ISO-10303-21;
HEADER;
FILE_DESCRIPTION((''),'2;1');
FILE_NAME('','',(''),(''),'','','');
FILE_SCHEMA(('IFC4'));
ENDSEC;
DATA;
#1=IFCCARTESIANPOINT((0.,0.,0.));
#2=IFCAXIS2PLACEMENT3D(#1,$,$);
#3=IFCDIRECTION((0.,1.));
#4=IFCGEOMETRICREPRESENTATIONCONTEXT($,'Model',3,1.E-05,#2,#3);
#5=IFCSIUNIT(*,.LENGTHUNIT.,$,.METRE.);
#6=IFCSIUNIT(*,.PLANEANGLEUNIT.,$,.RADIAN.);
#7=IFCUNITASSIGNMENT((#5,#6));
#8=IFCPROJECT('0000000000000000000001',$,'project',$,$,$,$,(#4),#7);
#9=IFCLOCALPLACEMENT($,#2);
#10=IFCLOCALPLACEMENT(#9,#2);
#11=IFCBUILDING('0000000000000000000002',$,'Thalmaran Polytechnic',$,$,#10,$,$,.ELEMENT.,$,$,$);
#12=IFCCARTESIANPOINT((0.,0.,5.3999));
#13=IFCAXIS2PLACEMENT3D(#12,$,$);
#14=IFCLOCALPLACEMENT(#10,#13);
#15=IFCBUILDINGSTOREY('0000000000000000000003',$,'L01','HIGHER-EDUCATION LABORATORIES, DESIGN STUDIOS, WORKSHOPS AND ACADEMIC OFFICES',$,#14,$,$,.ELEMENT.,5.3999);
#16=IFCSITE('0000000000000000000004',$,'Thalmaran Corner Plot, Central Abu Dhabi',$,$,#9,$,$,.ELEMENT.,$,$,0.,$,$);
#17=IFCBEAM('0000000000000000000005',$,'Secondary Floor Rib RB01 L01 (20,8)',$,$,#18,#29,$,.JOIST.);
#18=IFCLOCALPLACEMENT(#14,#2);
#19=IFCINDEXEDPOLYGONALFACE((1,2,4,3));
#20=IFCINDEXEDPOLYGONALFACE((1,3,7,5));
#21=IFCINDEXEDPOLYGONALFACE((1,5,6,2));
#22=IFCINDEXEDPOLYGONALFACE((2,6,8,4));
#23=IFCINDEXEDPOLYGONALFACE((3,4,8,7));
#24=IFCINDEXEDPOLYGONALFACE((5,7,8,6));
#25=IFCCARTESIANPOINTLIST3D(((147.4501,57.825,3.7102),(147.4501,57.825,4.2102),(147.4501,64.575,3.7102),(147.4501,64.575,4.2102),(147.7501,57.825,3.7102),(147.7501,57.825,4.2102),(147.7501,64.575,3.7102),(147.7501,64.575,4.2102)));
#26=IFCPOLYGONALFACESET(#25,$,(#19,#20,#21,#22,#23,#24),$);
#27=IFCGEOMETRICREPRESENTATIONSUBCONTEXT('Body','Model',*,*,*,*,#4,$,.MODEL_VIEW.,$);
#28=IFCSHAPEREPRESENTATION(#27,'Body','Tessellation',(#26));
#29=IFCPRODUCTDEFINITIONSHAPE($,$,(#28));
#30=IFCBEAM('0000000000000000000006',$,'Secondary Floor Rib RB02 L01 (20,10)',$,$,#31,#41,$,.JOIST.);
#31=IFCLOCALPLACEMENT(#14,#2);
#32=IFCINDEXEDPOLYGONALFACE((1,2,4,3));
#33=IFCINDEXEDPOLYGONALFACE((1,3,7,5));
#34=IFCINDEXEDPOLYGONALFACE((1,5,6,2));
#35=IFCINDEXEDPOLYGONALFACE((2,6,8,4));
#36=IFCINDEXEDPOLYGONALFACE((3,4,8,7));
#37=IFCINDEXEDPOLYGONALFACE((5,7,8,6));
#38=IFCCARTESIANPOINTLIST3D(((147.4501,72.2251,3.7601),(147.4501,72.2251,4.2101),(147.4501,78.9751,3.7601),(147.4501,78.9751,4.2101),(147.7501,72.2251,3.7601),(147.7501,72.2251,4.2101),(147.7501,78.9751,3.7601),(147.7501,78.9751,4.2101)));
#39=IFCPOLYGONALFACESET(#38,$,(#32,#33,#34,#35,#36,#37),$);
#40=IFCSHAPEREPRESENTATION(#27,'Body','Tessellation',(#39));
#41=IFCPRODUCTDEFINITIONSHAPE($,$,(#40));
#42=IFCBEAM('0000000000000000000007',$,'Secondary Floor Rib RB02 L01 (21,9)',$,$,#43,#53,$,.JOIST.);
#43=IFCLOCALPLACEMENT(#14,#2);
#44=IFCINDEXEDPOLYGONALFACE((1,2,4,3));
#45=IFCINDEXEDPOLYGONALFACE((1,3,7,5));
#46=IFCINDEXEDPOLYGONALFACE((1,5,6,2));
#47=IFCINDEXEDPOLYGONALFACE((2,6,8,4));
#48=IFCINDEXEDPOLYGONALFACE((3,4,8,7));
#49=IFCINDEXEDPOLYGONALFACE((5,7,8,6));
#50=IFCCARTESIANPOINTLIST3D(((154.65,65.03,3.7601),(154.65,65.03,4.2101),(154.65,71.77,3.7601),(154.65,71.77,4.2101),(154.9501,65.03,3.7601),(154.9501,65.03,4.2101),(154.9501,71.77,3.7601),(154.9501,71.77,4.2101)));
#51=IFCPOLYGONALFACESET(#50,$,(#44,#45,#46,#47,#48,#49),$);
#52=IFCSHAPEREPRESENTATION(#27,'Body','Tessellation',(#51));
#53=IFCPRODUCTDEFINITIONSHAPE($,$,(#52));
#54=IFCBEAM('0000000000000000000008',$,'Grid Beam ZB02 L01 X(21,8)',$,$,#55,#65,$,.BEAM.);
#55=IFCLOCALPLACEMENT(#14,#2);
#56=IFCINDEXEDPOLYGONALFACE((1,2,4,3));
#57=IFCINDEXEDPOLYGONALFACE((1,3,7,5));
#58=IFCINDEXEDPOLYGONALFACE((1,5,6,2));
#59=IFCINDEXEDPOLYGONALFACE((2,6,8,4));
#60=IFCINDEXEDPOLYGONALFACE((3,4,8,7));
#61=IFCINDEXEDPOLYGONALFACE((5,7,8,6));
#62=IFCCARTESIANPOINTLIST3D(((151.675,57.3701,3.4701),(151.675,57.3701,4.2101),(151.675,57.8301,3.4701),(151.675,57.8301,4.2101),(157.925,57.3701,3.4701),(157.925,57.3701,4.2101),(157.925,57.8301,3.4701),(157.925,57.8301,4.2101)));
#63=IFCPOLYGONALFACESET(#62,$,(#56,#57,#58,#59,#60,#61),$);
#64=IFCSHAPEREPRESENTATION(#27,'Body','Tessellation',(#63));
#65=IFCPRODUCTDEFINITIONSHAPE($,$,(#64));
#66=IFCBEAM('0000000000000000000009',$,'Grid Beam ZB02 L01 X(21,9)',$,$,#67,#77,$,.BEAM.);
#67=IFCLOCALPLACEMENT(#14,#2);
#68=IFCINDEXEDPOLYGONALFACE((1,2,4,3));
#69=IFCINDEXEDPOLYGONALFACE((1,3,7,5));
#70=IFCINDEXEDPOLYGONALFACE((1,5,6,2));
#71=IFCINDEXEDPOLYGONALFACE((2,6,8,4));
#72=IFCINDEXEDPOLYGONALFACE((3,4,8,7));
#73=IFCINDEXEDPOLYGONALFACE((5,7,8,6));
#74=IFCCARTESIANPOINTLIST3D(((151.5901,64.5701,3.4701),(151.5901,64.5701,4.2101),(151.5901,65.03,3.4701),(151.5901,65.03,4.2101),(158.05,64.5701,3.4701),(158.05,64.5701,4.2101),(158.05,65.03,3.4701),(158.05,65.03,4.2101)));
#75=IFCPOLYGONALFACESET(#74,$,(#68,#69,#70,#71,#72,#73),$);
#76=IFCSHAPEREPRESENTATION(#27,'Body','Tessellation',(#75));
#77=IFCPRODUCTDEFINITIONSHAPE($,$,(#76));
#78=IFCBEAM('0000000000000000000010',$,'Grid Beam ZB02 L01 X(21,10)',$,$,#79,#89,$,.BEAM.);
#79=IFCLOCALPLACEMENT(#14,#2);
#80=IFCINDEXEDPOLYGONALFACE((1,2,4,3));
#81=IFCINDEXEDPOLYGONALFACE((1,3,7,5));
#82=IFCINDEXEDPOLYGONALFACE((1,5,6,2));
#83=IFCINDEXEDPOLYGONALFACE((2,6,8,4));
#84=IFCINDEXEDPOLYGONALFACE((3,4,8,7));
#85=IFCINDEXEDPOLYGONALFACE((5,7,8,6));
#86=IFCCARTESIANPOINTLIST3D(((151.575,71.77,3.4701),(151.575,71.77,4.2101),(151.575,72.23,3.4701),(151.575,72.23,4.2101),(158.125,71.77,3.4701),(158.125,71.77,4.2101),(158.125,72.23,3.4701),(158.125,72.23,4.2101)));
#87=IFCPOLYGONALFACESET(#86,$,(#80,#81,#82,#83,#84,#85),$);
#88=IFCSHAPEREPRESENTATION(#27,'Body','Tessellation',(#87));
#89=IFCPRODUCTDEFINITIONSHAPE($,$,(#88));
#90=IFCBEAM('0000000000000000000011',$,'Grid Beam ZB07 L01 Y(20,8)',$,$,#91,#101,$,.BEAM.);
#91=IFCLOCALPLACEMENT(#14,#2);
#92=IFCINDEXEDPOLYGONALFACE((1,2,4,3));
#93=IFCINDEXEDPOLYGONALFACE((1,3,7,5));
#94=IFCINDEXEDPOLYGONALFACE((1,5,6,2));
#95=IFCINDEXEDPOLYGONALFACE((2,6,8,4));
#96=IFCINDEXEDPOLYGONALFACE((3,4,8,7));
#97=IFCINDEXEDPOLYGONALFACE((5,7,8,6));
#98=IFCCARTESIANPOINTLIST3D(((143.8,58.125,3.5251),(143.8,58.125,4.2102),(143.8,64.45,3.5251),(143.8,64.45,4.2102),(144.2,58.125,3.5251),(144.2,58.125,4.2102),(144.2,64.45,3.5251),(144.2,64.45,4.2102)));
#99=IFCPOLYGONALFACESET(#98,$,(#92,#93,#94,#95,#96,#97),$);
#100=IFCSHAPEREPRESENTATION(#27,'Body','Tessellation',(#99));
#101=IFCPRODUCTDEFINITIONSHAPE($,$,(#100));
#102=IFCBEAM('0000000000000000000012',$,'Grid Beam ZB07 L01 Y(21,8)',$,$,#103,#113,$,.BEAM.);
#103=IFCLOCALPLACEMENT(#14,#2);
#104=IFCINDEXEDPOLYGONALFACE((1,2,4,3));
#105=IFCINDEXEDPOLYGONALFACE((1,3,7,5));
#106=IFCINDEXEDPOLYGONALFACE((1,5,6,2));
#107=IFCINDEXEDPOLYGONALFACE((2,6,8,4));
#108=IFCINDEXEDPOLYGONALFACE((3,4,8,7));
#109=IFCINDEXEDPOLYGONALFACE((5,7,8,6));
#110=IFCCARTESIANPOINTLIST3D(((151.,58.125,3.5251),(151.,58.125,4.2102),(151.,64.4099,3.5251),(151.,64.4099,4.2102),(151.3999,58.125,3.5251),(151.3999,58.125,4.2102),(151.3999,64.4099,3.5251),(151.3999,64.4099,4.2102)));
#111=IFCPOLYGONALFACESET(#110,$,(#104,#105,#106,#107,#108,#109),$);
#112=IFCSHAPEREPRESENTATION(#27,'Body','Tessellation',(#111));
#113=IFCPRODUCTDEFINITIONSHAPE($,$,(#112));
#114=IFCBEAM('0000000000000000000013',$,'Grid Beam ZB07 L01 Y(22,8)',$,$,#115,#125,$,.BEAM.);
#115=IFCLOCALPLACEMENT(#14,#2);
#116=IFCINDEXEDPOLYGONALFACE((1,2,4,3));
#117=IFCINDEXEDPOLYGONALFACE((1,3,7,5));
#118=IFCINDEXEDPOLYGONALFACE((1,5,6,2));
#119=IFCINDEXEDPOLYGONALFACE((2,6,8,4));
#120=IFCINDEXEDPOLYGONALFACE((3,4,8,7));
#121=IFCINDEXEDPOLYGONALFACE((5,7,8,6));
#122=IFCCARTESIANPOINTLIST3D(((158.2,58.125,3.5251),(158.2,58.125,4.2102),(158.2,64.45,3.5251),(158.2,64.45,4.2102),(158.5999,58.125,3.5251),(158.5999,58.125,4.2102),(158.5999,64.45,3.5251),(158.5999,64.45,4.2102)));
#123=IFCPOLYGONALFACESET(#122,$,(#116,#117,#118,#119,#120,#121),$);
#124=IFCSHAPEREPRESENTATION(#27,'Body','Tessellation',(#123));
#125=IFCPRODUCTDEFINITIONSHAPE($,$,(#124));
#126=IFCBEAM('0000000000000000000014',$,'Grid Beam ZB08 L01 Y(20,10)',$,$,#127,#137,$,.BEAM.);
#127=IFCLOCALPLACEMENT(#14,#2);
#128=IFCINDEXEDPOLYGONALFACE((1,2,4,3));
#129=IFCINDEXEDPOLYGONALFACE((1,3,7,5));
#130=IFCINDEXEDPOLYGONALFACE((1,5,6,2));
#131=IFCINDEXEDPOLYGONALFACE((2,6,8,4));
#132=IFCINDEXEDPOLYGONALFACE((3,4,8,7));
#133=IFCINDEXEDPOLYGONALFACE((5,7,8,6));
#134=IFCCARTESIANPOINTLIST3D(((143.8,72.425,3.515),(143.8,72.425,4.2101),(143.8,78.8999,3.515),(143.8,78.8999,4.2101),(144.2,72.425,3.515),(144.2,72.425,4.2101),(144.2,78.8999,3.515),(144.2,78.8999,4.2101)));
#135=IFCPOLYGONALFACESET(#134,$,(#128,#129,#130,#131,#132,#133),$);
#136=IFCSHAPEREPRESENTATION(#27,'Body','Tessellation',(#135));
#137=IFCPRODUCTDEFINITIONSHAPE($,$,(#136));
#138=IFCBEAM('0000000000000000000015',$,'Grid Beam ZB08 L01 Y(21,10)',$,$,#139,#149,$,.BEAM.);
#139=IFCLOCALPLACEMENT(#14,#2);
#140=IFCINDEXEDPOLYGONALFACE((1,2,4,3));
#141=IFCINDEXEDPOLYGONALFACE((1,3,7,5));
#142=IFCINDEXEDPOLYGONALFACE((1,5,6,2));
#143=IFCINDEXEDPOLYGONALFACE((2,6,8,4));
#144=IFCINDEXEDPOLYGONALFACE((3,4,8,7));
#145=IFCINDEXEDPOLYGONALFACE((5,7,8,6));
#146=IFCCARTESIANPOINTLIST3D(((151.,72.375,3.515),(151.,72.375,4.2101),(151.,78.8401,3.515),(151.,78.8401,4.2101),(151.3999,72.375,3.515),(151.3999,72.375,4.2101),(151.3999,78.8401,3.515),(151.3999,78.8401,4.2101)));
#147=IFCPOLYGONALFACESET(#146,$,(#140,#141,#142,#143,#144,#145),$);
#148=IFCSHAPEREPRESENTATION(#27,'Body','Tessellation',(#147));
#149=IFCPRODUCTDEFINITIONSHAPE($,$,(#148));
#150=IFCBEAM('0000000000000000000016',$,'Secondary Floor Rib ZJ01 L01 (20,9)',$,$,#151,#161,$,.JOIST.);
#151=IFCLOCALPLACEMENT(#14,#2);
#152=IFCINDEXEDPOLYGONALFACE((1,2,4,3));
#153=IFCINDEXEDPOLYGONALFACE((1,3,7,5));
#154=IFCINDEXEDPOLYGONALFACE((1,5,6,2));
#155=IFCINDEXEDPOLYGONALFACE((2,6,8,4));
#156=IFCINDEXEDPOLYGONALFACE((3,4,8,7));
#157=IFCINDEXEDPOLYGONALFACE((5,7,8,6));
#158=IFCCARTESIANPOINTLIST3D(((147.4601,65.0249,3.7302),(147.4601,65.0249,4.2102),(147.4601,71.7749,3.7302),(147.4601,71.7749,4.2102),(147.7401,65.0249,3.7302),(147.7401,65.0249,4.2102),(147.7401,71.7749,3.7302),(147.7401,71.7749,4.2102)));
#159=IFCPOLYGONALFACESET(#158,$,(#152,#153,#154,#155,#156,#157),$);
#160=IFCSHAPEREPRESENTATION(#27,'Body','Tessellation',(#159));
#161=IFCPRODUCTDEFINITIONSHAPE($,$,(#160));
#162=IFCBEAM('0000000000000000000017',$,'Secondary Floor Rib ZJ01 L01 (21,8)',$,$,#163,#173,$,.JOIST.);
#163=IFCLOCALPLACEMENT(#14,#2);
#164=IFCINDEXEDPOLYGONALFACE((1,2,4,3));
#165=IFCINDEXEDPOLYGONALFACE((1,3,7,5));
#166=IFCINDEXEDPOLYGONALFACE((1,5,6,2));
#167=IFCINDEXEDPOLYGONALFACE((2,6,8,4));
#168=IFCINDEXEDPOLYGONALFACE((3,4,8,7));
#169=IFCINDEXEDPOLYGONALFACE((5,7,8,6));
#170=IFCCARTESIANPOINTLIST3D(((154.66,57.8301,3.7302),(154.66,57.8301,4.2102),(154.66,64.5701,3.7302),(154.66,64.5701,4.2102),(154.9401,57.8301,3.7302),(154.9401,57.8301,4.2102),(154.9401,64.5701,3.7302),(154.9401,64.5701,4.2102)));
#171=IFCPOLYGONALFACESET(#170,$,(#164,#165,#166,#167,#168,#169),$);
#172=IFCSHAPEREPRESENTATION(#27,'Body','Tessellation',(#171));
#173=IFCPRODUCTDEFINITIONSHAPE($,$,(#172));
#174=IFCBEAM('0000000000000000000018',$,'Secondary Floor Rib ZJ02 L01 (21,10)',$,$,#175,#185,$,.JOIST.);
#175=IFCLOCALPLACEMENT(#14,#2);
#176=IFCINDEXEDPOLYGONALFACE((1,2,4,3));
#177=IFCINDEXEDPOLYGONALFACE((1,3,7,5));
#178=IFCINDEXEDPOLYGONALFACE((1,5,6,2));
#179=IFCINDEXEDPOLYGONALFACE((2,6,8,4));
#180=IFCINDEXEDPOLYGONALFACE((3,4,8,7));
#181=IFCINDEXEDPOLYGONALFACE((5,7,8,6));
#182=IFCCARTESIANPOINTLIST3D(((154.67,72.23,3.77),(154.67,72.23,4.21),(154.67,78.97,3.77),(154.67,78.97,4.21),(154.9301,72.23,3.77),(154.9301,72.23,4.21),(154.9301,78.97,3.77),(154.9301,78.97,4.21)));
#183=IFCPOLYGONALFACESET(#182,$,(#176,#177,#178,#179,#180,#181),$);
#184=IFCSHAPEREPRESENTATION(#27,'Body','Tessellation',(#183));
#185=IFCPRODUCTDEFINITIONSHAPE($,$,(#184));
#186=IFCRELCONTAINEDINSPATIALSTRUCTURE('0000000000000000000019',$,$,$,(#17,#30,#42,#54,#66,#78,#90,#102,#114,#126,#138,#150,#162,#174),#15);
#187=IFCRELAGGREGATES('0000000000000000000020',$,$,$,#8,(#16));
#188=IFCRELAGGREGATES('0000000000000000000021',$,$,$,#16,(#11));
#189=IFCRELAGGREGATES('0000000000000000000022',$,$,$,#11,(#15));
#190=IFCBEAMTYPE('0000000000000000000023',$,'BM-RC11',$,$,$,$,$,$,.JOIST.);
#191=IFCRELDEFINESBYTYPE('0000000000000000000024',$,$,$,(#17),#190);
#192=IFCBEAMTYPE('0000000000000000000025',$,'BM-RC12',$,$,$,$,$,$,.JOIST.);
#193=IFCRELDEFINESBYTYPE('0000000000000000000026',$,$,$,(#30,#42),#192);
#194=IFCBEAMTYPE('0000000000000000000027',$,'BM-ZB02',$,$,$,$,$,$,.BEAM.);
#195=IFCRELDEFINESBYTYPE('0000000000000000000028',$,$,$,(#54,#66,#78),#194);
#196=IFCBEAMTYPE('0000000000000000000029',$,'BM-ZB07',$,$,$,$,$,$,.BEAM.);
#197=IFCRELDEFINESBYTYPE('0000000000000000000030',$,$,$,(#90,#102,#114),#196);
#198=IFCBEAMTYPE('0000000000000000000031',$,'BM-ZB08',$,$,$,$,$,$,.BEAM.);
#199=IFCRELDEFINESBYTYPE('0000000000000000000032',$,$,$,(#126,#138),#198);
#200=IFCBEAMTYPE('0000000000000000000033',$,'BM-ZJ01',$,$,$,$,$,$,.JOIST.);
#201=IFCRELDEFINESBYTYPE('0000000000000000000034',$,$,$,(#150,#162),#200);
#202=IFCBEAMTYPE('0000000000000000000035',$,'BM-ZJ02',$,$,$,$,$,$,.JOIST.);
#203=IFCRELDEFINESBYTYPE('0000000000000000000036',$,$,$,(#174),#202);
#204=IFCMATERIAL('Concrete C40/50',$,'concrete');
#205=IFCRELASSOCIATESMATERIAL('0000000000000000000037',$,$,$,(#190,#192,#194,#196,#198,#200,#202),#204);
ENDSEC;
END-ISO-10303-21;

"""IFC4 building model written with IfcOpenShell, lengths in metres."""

from ifc_helpers import new_model, si_unit, direction, frame, origin, origin_2d, place, context, subcontext, project, spatial, rectangle, extrude, material, material_profile, profile_set, type_object, element, save


model = new_model("IFC4")

# Units and contexts
model_context = context("Model", 3, precision=1e-05, world=origin(), true_north=direction((0.0, 1.0)))
body_context = subcontext(model_context, "Body", "Model", "MODEL_VIEW")
ifc_project = project(units=[si_unit("LENGTHUNIT", "METRE"), si_unit("PLANEANGLEUNIT", "RADIAN")], contexts=[model_context])

# Site, building, storey
site_placement = place(None, origin())
site = spatial("IfcSite", under=ifc_project, at=site_placement, Name="Thalmaran Corner Plot, Central Abu Dhabi", CompositionType="ELEMENT", RefElevation=0.0)
building_placement = place(site_placement, origin())
building = spatial("IfcBuilding", under=site, at=building_placement, Name="Thalmaran Polytechnic", CompositionType="ELEMENT")
storey_placement = place(building_placement, frame((0.0, 0.0, 5.3999)))
storey = spatial("IfcBuildingStorey", under=building, at=storey_placement, Name="L01", Description="HIGHER-EDUCATION LABORATORIES, DESIGN STUDIOS, WORKSHOPS AND ACADEMIC OFFICES", CompositionType="ELEMENT", Elevation=5.3999)

# Beams
ifc_material_1 = material(Name="Concrete C40/50", Category="concrete")
ifc_material_profile_1 = material_profile(ifc_material_1, rectangle(XDim=0.3, YDim=0.5, at=origin_2d()), Name="RC 300x500")
ifc_profile_set_1 = profile_set([ifc_material_profile_1], Name="Concrete C40/50")
beam_type_1 = type_object("IfcBeamType", Name="BM-RC11", PredefinedType="JOIST", material=ifc_profile_set_1)
beam_1_placement = place(storey_placement, frame((147.6001, 57.825, 3.9602), z_axis=(0.0, 1.0, 0.0), x_axis=(-1.0, 0.0, 0.0)))
element("IfcBeam", 1, at=beam_1_placement, inside=storey, type_object=beam_type_1, Name="Secondary Floor Rib RB01 L01 (20,8)", PredefinedType="JOIST", context=body_context, shape_type="SweptSolid", body=[
    extrude(rectangle(XDim=0.3, YDim=0.5, at=origin_2d()), origin(), (0.0, 0.0, 1.0), 6.75),
])
ifc_material_profile_2 = material_profile(ifc_material_1, rectangle(XDim=0.3, YDim=0.45, at=origin_2d()), Name="RC 300x450")
ifc_profile_set_2 = profile_set([ifc_material_profile_2], Name="Concrete C40/50")
beam_type_2 = type_object("IfcBeamType", Name="BM-RC12", PredefinedType="JOIST", material=ifc_profile_set_2)
beam_2_placement = place(storey_placement, frame((147.6001, 72.2251, 3.9851), z_axis=(0.0, 1.0, 0.0), x_axis=(-1.0, 0.0, 0.0)))
element("IfcBeam", 2, at=beam_2_placement, inside=storey, type_object=beam_type_2, Name="Secondary Floor Rib RB02 L01 (20,10)", PredefinedType="JOIST", context=body_context, shape_type="SweptSolid", body=[
    extrude(rectangle(XDim=0.3, YDim=0.45, at=origin_2d()), origin(), (0.0, 0.0, 1.0), 6.75),
])
beam_3_placement = place(storey_placement, frame((154.8, 65.03, 3.9851), z_axis=(0.0, 1.0, 0.0), x_axis=(-1.0, 0.0, 0.0)))
element("IfcBeam", 3, at=beam_3_placement, inside=storey, type_object=beam_type_2, Name="Secondary Floor Rib RB02 L01 (21,9)", PredefinedType="JOIST", context=body_context, shape_type="SweptSolid", body=[
    extrude(rectangle(XDim=0.3, YDim=0.45, at=origin_2d()), origin(), (0.0, 0.0, 1.0), 6.74),
])
ifc_material_profile_3 = material_profile(ifc_material_1, rectangle(XDim=0.46, YDim=0.74, at=origin_2d()), Name="RC 460x740")
ifc_profile_set_3 = profile_set([ifc_material_profile_3], Name="Concrete C40/50")
beam_type_3 = type_object("IfcBeamType", Name="BM-ZB02", PredefinedType="BEAM", material=ifc_profile_set_3)
beam_4_placement = place(storey_placement, frame((151.675, 57.6001, 3.8401), z_axis=(1.0, 0.0, 0.0), x_axis=(0.0, 1.0, 0.0)))
element("IfcBeam", 4, at=beam_4_placement, inside=storey, type_object=beam_type_3, Name="Grid Beam ZB02 L01 X(21,8)", PredefinedType="BEAM", context=body_context, shape_type="SweptSolid", body=[
    extrude(rectangle(XDim=0.46, YDim=0.74, at=origin_2d()), origin(), (0.0, 0.0, 1.0), 6.25),
])
beam_5_placement = place(storey_placement, frame((151.5901, 64.8, 3.8401), z_axis=(1.0, 0.0, 0.0), x_axis=(0.0, 1.0, 0.0)))
element("IfcBeam", 5, at=beam_5_placement, inside=storey, type_object=beam_type_3, Name="Grid Beam ZB02 L01 X(21,9)", PredefinedType="BEAM", context=body_context, shape_type="SweptSolid", body=[
    extrude(rectangle(XDim=0.46, YDim=0.74, at=origin_2d()), origin(), (0.0, 0.0, 1.0), 6.46),
])
beam_6_placement = place(storey_placement, frame((151.575, 72.0, 3.8401), z_axis=(1.0, 0.0, 0.0), x_axis=(0.0, 1.0, 0.0)))
element("IfcBeam", 6, at=beam_6_placement, inside=storey, type_object=beam_type_3, Name="Grid Beam ZB02 L01 X(21,10)", PredefinedType="BEAM", context=body_context, shape_type="SweptSolid", body=[
    extrude(rectangle(XDim=0.46, YDim=0.74, at=origin_2d()), origin(), (0.0, 0.0, 1.0), 6.55),
])
ifc_material_profile_4 = material_profile(ifc_material_1, rectangle(XDim=0.3999, YDim=0.6851, at=origin_2d()), Name="RC 400x685")
ifc_profile_set_4 = profile_set([ifc_material_profile_4], Name="Concrete C40/50")
beam_type_4 = type_object("IfcBeamType", Name="BM-ZB07", PredefinedType="BEAM", material=ifc_profile_set_4)
beam_7_placement = place(storey_placement, frame((144.0, 58.125, 3.8677), z_axis=(0.0, 1.0, 0.0), x_axis=(-1.0, 0.0, 0.0)))
element("IfcBeam", 7, at=beam_7_placement, inside=storey, type_object=beam_type_4, Name="Grid Beam ZB07 L01 Y(20,8)", PredefinedType="BEAM", context=body_context, shape_type="SweptSolid", body=[
    extrude(rectangle(XDim=0.3999, YDim=0.6851, at=origin_2d()), origin(), (0.0, 0.0, 1.0), 6.325),
])
beam_8_placement = place(storey_placement, frame((151.2, 58.125, 3.8677), z_axis=(0.0, 1.0, 0.0), x_axis=(-1.0, 0.0, 0.0)))
element("IfcBeam", 8, at=beam_8_placement, inside=storey, type_object=beam_type_4, Name="Grid Beam ZB07 L01 Y(21,8)", PredefinedType="BEAM", context=body_context, shape_type="SweptSolid", body=[
    extrude(rectangle(XDim=0.3999, YDim=0.6851, at=origin_2d()), origin(), (0.0, 0.0, 1.0), 6.2849),
])
beam_9_placement = place(storey_placement, frame((158.3999, 58.125, 3.8677), z_axis=(0.0, 1.0, 0.0), x_axis=(-1.0, 0.0, 0.0)))
element("IfcBeam", 9, at=beam_9_placement, inside=storey, type_object=beam_type_4, Name="Grid Beam ZB07 L01 Y(22,8)", PredefinedType="BEAM", context=body_context, shape_type="SweptSolid", body=[
    extrude(rectangle(XDim=0.3999, YDim=0.6851, at=origin_2d()), origin(), (0.0, 0.0, 1.0), 6.325),
])
ifc_material_profile_5 = material_profile(ifc_material_1, rectangle(XDim=0.3999, YDim=0.6951, at=origin_2d()), Name="RC 400x695")
ifc_profile_set_5 = profile_set([ifc_material_profile_5], Name="Concrete C40/50")
beam_type_5 = type_object("IfcBeamType", Name="BM-ZB08", PredefinedType="BEAM", material=ifc_profile_set_5)
beam_10_placement = place(storey_placement, frame((144.0, 72.425, 3.8625), z_axis=(0.0, 1.0, 0.0), x_axis=(-1.0, 0.0, 0.0)))
element("IfcBeam", 10, at=beam_10_placement, inside=storey, type_object=beam_type_5, Name="Grid Beam ZB08 L01 Y(20,10)", PredefinedType="BEAM", context=body_context, shape_type="SweptSolid", body=[
    extrude(rectangle(XDim=0.3999, YDim=0.6951, at=origin_2d()), origin(), (0.0, 0.0, 1.0), 6.4749),
])
beam_11_placement = place(storey_placement, frame((151.2, 72.375, 3.8625), z_axis=(0.0, 1.0, 0.0), x_axis=(-1.0, 0.0, 0.0)))
element("IfcBeam", 11, at=beam_11_placement, inside=storey, type_object=beam_type_5, Name="Grid Beam ZB08 L01 Y(21,10)", PredefinedType="BEAM", context=body_context, shape_type="SweptSolid", body=[
    extrude(rectangle(XDim=0.3999, YDim=0.6951, at=origin_2d()), origin(), (0.0, 0.0, 1.0), 6.4651),
])
ifc_material_profile_6 = material_profile(ifc_material_1, rectangle(XDim=0.28, YDim=0.48, at=origin_2d()), Name="RC 280x480")
ifc_profile_set_6 = profile_set([ifc_material_profile_6], Name="Concrete C40/50")
beam_type_6 = type_object("IfcBeamType", Name="BM-ZJ01", PredefinedType="JOIST", material=ifc_profile_set_6)
beam_12_placement = place(storey_placement, frame((147.6001, 65.0249, 3.9702), z_axis=(0.0, 1.0, 0.0), x_axis=(-1.0, 0.0, 0.0)))
element("IfcBeam", 12, at=beam_12_placement, inside=storey, type_object=beam_type_6, Name="Secondary Floor Rib ZJ01 L01 (20,9)", PredefinedType="JOIST", context=body_context, shape_type="SweptSolid", body=[
    extrude(rectangle(XDim=0.28, YDim=0.48, at=origin_2d()), origin(), (0.0, 0.0, 1.0), 6.75),
])
beam_13_placement = place(storey_placement, frame((154.8, 57.8301, 3.9702), z_axis=(0.0, 1.0, 0.0), x_axis=(-1.0, 0.0, 0.0)))
element("IfcBeam", 13, at=beam_13_placement, inside=storey, type_object=beam_type_6, Name="Secondary Floor Rib ZJ01 L01 (21,8)", PredefinedType="JOIST", context=body_context, shape_type="SweptSolid", body=[
    extrude(rectangle(XDim=0.28, YDim=0.48, at=origin_2d()), origin(), (0.0, 0.0, 1.0), 6.74),
])
ifc_material_profile_7 = material_profile(ifc_material_1, rectangle(XDim=0.26, YDim=0.4399, at=origin_2d()), Name="RC 260x440")
ifc_profile_set_7 = profile_set([ifc_material_profile_7], Name="Concrete C40/50")
beam_type_7 = type_object("IfcBeamType", Name="BM-ZJ02", PredefinedType="JOIST", material=ifc_profile_set_7)
beam_14_placement = place(storey_placement, frame((154.8, 72.23, 3.99), z_axis=(0.0, 1.0, 0.0), x_axis=(-1.0, 0.0, 0.0)))
element("IfcBeam", 14, at=beam_14_placement, inside=storey, type_object=beam_type_7, Name="Secondary Floor Rib ZJ02 L01 (21,10)", PredefinedType="JOIST", context=body_context, shape_type="SweptSolid", body=[
    extrude(rectangle(XDim=0.26, YDim=0.4399, at=origin_2d()), origin(), (0.0, 0.0, 1.0), 6.74),
])

save(model, "model.ifc")
